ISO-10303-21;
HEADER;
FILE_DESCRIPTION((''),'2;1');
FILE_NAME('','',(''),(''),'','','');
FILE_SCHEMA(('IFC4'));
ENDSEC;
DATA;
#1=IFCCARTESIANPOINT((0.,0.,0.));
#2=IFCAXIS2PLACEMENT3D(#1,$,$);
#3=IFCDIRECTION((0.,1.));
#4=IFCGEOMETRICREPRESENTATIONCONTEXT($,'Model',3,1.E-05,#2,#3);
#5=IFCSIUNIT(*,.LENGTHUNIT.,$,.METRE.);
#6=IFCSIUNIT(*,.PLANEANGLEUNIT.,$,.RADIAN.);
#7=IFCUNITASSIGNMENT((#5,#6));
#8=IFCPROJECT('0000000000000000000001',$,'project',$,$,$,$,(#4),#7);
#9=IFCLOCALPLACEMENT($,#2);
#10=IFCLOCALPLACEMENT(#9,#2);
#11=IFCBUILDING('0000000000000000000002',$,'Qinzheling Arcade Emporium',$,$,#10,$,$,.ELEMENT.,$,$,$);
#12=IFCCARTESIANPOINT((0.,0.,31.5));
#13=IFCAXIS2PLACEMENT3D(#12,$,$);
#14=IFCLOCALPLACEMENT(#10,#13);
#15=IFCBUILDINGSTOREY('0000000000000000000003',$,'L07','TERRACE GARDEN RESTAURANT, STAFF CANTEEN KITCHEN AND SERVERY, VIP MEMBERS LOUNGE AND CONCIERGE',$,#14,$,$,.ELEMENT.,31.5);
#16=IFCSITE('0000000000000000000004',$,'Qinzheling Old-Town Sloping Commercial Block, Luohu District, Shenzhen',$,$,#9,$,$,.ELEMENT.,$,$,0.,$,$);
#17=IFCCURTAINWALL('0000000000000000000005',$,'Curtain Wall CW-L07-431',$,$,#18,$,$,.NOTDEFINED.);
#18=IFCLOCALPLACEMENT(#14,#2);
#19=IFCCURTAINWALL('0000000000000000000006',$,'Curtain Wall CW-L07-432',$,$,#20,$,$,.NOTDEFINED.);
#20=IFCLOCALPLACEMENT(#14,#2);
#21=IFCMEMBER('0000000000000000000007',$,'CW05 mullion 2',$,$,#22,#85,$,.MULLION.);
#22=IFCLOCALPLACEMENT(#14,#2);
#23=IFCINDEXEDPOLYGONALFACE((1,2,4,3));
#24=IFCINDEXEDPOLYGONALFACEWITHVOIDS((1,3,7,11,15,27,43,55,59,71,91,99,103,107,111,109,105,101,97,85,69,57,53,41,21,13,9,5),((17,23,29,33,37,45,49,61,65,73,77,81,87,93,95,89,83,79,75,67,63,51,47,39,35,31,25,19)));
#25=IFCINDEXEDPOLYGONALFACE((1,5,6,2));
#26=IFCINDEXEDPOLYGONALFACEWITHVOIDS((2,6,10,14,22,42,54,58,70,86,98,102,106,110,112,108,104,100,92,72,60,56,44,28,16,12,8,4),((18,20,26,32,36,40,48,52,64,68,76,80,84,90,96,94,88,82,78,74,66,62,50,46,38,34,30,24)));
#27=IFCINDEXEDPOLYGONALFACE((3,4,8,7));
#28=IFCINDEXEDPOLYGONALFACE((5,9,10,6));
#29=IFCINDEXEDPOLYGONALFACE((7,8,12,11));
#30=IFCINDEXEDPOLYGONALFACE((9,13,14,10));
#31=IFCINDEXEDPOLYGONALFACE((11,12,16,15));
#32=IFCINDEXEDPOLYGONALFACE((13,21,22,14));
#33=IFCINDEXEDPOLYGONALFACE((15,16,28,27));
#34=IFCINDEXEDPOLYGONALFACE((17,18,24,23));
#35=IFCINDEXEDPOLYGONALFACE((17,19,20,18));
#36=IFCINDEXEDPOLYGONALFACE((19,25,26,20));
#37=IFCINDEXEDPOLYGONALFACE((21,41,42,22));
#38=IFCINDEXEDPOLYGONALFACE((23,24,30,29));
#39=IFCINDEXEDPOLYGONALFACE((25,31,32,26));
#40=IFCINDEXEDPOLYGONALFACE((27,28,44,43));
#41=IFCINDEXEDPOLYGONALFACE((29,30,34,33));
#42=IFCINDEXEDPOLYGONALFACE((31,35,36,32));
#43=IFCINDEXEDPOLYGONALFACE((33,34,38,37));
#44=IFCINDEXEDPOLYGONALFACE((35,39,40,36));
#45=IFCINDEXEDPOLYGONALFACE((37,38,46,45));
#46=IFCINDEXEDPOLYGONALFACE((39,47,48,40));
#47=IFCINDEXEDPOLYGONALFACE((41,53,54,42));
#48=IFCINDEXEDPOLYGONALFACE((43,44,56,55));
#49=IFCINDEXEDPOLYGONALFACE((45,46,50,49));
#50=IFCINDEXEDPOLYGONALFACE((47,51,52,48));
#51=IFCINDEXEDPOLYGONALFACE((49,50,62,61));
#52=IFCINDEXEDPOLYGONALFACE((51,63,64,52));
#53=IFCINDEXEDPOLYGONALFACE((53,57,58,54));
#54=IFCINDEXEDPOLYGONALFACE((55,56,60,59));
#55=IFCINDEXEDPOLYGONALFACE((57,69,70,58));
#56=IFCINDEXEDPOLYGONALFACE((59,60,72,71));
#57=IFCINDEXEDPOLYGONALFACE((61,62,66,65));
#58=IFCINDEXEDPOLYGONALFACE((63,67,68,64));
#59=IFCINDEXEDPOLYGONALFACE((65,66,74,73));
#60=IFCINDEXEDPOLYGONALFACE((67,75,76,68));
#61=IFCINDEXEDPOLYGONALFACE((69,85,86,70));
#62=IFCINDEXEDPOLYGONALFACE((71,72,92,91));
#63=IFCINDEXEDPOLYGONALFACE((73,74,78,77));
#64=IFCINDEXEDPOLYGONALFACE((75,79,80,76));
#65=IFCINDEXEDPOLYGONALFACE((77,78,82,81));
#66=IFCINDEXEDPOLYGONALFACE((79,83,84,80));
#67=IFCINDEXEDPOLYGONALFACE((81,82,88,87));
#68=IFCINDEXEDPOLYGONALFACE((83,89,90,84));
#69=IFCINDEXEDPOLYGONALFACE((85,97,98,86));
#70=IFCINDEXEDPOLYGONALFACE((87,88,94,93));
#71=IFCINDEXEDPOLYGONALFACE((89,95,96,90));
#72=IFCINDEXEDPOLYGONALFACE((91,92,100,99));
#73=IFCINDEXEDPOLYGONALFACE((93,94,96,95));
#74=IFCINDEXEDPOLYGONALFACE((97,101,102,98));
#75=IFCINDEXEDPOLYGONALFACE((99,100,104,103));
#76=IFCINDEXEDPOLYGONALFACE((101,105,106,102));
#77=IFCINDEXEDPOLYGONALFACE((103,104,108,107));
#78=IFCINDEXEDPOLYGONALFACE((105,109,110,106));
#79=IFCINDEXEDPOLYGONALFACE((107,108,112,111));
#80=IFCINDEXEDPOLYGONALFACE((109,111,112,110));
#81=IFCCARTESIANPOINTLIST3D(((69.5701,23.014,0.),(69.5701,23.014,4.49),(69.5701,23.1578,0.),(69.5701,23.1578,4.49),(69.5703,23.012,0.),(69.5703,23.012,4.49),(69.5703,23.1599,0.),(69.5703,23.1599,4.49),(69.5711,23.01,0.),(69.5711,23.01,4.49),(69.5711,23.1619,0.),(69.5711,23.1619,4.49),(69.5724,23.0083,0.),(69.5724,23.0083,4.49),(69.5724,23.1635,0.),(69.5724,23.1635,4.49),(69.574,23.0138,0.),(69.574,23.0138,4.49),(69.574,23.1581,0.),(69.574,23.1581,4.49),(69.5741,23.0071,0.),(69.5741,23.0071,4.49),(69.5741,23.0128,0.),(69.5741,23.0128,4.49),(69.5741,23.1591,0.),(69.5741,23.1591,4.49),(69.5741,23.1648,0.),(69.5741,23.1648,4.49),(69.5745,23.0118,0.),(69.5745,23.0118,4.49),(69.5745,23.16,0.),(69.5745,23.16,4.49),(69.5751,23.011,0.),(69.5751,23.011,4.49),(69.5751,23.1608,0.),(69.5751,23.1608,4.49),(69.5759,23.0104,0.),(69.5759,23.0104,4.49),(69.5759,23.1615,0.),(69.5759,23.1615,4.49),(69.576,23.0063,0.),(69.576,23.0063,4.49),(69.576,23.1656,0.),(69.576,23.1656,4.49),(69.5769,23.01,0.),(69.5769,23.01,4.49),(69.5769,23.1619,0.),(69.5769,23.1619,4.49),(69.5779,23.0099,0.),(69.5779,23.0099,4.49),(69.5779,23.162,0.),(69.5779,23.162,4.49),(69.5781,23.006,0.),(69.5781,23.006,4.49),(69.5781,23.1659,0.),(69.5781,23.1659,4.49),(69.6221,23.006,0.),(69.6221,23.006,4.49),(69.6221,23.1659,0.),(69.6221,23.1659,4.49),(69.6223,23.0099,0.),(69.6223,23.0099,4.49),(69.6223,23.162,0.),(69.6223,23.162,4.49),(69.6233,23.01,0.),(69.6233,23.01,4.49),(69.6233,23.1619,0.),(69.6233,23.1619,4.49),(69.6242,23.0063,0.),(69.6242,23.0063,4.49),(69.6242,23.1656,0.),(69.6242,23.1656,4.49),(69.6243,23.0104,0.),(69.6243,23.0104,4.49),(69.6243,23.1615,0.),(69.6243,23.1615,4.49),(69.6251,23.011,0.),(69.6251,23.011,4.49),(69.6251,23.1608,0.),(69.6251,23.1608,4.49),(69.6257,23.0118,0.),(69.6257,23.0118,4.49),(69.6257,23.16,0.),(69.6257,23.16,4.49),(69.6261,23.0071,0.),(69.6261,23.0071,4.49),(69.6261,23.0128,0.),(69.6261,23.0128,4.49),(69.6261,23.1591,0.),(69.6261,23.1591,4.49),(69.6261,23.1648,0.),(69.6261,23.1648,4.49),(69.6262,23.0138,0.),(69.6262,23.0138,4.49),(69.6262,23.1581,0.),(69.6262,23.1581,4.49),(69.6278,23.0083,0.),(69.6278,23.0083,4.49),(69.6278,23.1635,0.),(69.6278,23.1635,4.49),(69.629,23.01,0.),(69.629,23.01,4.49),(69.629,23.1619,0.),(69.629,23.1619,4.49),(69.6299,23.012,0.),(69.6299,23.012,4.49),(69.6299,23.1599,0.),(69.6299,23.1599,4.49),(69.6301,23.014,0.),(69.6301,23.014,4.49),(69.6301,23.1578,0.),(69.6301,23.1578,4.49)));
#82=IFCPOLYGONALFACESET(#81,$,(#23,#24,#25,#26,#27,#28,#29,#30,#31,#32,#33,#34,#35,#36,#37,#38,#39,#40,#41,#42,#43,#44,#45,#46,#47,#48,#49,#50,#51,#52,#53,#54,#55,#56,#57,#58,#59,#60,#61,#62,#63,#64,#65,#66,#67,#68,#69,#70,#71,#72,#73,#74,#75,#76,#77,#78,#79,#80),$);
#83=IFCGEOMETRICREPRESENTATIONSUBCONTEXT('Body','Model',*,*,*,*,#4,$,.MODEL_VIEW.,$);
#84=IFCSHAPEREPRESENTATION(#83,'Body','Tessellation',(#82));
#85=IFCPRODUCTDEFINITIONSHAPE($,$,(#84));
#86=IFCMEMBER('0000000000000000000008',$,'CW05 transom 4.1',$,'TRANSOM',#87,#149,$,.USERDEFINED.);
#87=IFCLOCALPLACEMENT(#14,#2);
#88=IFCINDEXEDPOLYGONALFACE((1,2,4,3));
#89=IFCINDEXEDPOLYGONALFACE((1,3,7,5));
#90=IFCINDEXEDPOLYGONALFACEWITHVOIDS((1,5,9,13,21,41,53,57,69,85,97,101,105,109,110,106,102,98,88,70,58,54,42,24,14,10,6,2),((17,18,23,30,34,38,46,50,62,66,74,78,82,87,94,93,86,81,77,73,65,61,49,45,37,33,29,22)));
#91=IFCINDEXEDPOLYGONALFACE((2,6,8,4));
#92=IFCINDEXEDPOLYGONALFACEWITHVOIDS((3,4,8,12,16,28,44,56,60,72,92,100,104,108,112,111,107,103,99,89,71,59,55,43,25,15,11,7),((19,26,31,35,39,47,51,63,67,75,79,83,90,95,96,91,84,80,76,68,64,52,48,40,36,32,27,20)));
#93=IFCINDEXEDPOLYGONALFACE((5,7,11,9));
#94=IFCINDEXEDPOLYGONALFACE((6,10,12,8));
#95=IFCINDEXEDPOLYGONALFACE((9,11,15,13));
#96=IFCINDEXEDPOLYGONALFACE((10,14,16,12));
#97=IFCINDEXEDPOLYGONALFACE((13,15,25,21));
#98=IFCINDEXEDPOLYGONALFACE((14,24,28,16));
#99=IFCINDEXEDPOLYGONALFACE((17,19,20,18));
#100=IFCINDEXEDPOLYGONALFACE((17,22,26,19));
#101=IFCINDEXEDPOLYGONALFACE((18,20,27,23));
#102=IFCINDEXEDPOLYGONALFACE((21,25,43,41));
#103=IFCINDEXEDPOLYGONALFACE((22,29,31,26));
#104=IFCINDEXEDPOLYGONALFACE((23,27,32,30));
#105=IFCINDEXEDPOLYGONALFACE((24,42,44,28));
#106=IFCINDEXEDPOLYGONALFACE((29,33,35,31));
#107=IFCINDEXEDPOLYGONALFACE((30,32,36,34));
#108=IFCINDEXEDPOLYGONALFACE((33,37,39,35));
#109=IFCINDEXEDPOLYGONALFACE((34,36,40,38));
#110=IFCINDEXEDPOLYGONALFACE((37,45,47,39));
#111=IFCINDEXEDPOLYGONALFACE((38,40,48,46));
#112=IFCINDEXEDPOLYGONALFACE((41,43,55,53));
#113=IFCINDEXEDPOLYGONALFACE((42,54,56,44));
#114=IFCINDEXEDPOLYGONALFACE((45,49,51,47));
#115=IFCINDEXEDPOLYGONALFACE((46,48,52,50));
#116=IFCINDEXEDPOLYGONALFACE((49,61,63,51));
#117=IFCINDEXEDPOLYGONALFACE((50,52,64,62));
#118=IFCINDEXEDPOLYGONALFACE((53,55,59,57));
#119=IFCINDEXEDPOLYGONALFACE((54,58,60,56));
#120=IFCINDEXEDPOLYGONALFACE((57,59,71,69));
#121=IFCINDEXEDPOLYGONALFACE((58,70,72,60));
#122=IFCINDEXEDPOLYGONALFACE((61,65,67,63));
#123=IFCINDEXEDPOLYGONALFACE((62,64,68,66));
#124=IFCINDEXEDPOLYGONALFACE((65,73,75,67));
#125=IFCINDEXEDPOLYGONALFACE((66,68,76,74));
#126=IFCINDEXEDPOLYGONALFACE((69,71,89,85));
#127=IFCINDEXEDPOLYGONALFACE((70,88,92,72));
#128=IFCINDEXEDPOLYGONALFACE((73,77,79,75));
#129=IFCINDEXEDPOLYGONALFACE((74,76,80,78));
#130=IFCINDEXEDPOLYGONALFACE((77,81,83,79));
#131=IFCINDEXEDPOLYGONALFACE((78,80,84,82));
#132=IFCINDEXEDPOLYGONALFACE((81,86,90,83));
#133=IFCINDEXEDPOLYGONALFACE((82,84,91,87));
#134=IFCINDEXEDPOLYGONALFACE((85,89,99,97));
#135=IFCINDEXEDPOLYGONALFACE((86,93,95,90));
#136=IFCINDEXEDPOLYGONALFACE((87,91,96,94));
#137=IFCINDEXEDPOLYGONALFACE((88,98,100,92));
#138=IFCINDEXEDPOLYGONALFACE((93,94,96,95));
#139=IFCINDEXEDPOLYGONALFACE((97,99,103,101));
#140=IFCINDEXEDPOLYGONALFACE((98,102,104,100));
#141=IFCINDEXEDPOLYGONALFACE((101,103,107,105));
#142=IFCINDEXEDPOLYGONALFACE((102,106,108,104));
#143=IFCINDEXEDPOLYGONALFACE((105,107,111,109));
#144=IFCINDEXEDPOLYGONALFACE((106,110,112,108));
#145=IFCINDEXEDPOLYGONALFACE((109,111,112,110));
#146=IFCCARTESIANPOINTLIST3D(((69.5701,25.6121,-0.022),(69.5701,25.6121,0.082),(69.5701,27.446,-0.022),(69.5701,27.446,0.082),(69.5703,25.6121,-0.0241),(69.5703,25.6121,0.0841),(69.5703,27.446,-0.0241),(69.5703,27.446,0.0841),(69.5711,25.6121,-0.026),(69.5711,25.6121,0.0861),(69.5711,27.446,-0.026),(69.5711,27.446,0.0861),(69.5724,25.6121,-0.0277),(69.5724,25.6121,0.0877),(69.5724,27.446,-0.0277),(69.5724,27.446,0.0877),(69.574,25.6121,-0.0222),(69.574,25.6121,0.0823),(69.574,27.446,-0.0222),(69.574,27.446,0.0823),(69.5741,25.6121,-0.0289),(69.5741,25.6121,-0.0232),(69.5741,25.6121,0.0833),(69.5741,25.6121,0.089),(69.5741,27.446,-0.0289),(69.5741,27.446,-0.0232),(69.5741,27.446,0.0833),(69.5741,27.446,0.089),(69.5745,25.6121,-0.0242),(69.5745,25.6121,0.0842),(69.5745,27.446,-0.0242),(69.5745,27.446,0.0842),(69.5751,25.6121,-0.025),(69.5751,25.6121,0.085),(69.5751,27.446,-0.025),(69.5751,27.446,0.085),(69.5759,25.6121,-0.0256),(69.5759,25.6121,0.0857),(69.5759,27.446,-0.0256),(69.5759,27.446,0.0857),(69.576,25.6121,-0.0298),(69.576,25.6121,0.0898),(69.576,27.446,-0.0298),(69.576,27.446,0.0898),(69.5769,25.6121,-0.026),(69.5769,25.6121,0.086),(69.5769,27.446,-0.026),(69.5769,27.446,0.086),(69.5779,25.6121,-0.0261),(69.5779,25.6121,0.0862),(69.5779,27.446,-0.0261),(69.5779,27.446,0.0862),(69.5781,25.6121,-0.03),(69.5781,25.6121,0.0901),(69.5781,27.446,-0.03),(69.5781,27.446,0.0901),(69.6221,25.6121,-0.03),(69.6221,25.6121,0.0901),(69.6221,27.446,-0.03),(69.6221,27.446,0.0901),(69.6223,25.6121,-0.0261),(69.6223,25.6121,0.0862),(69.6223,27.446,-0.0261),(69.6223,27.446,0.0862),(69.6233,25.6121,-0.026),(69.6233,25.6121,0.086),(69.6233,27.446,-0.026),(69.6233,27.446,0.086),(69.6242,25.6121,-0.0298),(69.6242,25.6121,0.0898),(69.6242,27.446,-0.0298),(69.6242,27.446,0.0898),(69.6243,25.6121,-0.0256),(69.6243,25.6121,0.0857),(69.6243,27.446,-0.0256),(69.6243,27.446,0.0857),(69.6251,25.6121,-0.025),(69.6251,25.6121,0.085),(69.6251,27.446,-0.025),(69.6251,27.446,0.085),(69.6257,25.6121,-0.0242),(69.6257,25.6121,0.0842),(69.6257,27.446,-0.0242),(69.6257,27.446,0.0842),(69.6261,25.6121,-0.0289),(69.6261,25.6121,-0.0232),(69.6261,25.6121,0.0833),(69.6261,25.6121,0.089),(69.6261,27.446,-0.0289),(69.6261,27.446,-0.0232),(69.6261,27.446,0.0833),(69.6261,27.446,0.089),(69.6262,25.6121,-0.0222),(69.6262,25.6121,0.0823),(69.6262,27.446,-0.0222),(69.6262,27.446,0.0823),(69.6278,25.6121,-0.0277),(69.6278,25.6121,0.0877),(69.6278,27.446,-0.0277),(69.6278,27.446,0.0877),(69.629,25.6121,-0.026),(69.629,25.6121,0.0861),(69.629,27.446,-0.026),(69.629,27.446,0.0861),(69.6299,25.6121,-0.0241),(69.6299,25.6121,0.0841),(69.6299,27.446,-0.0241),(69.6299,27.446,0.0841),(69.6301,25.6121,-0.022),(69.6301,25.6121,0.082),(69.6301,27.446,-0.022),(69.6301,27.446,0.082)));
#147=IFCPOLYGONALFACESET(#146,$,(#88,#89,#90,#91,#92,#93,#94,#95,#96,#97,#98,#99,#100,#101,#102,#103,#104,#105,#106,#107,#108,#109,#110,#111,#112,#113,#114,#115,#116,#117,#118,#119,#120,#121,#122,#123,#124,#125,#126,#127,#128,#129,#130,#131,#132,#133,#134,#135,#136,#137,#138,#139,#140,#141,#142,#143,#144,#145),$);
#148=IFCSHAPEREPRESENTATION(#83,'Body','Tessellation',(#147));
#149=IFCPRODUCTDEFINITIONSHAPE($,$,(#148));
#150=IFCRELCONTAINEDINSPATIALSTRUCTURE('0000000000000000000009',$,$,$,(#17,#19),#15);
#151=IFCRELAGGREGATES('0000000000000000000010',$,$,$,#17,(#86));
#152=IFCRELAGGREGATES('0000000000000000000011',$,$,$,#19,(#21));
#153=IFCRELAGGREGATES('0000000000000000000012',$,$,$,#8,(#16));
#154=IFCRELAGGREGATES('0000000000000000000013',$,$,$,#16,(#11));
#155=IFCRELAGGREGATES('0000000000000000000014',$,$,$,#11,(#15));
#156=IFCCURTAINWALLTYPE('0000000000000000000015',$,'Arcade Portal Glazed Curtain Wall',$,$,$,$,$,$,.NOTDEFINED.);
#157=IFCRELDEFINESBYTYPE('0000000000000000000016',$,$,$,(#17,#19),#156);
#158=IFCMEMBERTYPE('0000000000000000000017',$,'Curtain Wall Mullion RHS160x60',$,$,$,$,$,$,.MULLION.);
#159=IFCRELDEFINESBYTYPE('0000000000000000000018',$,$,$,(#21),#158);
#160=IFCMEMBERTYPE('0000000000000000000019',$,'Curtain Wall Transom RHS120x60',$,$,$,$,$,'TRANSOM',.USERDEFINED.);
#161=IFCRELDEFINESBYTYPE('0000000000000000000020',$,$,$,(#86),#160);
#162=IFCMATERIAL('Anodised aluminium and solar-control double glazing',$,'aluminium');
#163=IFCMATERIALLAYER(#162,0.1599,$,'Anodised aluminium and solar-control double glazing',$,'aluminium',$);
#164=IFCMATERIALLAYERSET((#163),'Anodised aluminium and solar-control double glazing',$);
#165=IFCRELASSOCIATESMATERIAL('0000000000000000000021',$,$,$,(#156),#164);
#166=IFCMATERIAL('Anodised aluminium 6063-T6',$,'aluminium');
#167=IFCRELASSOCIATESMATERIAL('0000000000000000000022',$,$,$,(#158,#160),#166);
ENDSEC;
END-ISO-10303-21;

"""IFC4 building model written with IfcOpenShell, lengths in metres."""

from ifc_helpers import new_model, si_unit, direction, frame, origin, origin_2d, place, context, subcontext, project, spatial, hollow_rectangle, extrude, material, layer, layer_set, material_profile, profile_set, type_object, element, aggregate, save


model = new_model("IFC4")

# Units and contexts
model_context = context("Model", 3, precision=1e-05, world=origin(), true_north=direction((0.0, 1.0)))
body_context = subcontext(model_context, "Body", "Model", "MODEL_VIEW")
ifc_project = project(units=[si_unit("LENGTHUNIT", "METRE"), si_unit("PLANEANGLEUNIT", "RADIAN")], contexts=[model_context])

# Site, building, storey
site_placement = place(None, origin())
site = spatial("IfcSite", under=ifc_project, at=site_placement, Name="Qinzheling Old-Town Sloping Commercial Block, Luohu District, Shenzhen", CompositionType="ELEMENT", RefElevation=0.0)
building_placement = place(site_placement, origin())
building = spatial("IfcBuilding", under=site, at=building_placement, Name="Qinzheling Arcade Emporium", CompositionType="ELEMENT")
storey_placement = place(building_placement, frame((0.0, 0.0, 31.5)))
storey = spatial("IfcBuildingStorey", under=building, at=storey_placement, Name="L07", Description="TERRACE GARDEN RESTAURANT, STAFF CANTEEN KITCHEN AND SERVERY, VIP MEMBERS LOUNGE AND CONCIERGE", CompositionType="ELEMENT", Elevation=31.5)

# Curtain wall
ifc_material_1 = material(Name="Anodised aluminium and solar-control double glazing", Category="aluminium")
ifc_layer_1 = layer(ifc_material_1, 0.1599, Name="Anodised aluminium and solar-control double glazing", Category="aluminium")
ifc_layer_set_1 = layer_set([ifc_layer_1], Name="Anodised aluminium and solar-control double glazing")
curtain_wall_type = type_object("IfcCurtainWallType", Name="Arcade Portal Glazed Curtain Wall", PredefinedType="NOTDEFINED", material=ifc_layer_set_1)
curtain_wall_1_placement = place(storey_placement, origin())
curtain_wall_1 = element("IfcCurtainWall", 1, at=curtain_wall_1_placement, inside=storey, type_object=curtain_wall_type, Name="Curtain Wall CW-L07-431", PredefinedType="NOTDEFINED")
ifc_material_2 = material(Name="Anodised aluminium 6063-T6", Category="aluminium")
ifc_material_profile_1 = material_profile(ifc_material_2, hollow_rectangle(XDim=0.0601, YDim=0.1599, WallThickness=0.0039, InnerFilletRadius=0.0039, OuterFilletRadius=0.0081, at=origin_2d()), Name="RHS 160x60x4", Category="aluminium")
ifc_profile_set_1 = profile_set([ifc_material_profile_1], Name="Anodised aluminium 6063-T6")
member_type_1 = type_object("IfcMemberType", Name="Curtain Wall Mullion RHS160x60", PredefinedType="MULLION", material=ifc_profile_set_1)

# Curtain wall, member
curtain_wall_2_placement = place(storey_placement, origin())
curtain_wall_2 = element("IfcCurtainWall", 2, at=curtain_wall_2_placement, inside=storey, type_object=curtain_wall_type, Name="Curtain Wall CW-L07-432", PredefinedType="NOTDEFINED")
member_1_placement = place(storey_placement, frame((69.6001, 23.0859, 0.0), z_axis=(0.0, 0.0, 1.0), x_axis=(1.0, 0.0, 0.0)))
member_1 = element("IfcMember", 3, at=member_1_placement, type_object=member_type_1, Name="CW05 mullion 2", PredefinedType="MULLION", context=body_context, shape_type="SweptSolid", body=[
    extrude(hollow_rectangle(XDim=0.0601, YDim=0.1599, WallThickness=0.0039, InnerFilletRadius=0.0039, OuterFilletRadius=0.0081, at=origin_2d()), origin(), (0.0, 0.0, 1.0), 4.49),
])

# Member
ifc_material_profile_2 = material_profile(ifc_material_2, hollow_rectangle(XDim=0.0601, YDim=0.1201, WallThickness=0.0039, InnerFilletRadius=0.0039, OuterFilletRadius=0.0081, at=origin_2d()), Name="RHS 120x60x4", Category="aluminium")
ifc_profile_set_2 = profile_set([ifc_material_profile_2], Name="Anodised aluminium 6063-T6")
member_type_2 = type_object("IfcMemberType", Name="Curtain Wall Transom RHS120x60", ElementType="TRANSOM", PredefinedType="USERDEFINED", material=ifc_profile_set_2)
member_2_placement = place(storey_placement, frame((69.6001, 27.446, 0.03), z_axis=(0.0, -1.0, 0.0), x_axis=(1.0, 0.0, 0.0)))
member_2 = element("IfcMember", 4, at=member_2_placement, type_object=member_type_2, Name="CW05 transom 4.1", ObjectType="TRANSOM", PredefinedType="USERDEFINED", context=body_context, shape_type="SweptSolid", body=[
    extrude(hollow_rectangle(XDim=0.0601, YDim=0.1201, WallThickness=0.0039, InnerFilletRadius=0.0039, OuterFilletRadius=0.0081, at=origin_2d()), origin(), (0.0, 0.0, 1.0), 1.834),
])

aggregate(curtain_wall_1, [member_2])
aggregate(curtain_wall_2, [member_1])

save(model, "model.ifc")
